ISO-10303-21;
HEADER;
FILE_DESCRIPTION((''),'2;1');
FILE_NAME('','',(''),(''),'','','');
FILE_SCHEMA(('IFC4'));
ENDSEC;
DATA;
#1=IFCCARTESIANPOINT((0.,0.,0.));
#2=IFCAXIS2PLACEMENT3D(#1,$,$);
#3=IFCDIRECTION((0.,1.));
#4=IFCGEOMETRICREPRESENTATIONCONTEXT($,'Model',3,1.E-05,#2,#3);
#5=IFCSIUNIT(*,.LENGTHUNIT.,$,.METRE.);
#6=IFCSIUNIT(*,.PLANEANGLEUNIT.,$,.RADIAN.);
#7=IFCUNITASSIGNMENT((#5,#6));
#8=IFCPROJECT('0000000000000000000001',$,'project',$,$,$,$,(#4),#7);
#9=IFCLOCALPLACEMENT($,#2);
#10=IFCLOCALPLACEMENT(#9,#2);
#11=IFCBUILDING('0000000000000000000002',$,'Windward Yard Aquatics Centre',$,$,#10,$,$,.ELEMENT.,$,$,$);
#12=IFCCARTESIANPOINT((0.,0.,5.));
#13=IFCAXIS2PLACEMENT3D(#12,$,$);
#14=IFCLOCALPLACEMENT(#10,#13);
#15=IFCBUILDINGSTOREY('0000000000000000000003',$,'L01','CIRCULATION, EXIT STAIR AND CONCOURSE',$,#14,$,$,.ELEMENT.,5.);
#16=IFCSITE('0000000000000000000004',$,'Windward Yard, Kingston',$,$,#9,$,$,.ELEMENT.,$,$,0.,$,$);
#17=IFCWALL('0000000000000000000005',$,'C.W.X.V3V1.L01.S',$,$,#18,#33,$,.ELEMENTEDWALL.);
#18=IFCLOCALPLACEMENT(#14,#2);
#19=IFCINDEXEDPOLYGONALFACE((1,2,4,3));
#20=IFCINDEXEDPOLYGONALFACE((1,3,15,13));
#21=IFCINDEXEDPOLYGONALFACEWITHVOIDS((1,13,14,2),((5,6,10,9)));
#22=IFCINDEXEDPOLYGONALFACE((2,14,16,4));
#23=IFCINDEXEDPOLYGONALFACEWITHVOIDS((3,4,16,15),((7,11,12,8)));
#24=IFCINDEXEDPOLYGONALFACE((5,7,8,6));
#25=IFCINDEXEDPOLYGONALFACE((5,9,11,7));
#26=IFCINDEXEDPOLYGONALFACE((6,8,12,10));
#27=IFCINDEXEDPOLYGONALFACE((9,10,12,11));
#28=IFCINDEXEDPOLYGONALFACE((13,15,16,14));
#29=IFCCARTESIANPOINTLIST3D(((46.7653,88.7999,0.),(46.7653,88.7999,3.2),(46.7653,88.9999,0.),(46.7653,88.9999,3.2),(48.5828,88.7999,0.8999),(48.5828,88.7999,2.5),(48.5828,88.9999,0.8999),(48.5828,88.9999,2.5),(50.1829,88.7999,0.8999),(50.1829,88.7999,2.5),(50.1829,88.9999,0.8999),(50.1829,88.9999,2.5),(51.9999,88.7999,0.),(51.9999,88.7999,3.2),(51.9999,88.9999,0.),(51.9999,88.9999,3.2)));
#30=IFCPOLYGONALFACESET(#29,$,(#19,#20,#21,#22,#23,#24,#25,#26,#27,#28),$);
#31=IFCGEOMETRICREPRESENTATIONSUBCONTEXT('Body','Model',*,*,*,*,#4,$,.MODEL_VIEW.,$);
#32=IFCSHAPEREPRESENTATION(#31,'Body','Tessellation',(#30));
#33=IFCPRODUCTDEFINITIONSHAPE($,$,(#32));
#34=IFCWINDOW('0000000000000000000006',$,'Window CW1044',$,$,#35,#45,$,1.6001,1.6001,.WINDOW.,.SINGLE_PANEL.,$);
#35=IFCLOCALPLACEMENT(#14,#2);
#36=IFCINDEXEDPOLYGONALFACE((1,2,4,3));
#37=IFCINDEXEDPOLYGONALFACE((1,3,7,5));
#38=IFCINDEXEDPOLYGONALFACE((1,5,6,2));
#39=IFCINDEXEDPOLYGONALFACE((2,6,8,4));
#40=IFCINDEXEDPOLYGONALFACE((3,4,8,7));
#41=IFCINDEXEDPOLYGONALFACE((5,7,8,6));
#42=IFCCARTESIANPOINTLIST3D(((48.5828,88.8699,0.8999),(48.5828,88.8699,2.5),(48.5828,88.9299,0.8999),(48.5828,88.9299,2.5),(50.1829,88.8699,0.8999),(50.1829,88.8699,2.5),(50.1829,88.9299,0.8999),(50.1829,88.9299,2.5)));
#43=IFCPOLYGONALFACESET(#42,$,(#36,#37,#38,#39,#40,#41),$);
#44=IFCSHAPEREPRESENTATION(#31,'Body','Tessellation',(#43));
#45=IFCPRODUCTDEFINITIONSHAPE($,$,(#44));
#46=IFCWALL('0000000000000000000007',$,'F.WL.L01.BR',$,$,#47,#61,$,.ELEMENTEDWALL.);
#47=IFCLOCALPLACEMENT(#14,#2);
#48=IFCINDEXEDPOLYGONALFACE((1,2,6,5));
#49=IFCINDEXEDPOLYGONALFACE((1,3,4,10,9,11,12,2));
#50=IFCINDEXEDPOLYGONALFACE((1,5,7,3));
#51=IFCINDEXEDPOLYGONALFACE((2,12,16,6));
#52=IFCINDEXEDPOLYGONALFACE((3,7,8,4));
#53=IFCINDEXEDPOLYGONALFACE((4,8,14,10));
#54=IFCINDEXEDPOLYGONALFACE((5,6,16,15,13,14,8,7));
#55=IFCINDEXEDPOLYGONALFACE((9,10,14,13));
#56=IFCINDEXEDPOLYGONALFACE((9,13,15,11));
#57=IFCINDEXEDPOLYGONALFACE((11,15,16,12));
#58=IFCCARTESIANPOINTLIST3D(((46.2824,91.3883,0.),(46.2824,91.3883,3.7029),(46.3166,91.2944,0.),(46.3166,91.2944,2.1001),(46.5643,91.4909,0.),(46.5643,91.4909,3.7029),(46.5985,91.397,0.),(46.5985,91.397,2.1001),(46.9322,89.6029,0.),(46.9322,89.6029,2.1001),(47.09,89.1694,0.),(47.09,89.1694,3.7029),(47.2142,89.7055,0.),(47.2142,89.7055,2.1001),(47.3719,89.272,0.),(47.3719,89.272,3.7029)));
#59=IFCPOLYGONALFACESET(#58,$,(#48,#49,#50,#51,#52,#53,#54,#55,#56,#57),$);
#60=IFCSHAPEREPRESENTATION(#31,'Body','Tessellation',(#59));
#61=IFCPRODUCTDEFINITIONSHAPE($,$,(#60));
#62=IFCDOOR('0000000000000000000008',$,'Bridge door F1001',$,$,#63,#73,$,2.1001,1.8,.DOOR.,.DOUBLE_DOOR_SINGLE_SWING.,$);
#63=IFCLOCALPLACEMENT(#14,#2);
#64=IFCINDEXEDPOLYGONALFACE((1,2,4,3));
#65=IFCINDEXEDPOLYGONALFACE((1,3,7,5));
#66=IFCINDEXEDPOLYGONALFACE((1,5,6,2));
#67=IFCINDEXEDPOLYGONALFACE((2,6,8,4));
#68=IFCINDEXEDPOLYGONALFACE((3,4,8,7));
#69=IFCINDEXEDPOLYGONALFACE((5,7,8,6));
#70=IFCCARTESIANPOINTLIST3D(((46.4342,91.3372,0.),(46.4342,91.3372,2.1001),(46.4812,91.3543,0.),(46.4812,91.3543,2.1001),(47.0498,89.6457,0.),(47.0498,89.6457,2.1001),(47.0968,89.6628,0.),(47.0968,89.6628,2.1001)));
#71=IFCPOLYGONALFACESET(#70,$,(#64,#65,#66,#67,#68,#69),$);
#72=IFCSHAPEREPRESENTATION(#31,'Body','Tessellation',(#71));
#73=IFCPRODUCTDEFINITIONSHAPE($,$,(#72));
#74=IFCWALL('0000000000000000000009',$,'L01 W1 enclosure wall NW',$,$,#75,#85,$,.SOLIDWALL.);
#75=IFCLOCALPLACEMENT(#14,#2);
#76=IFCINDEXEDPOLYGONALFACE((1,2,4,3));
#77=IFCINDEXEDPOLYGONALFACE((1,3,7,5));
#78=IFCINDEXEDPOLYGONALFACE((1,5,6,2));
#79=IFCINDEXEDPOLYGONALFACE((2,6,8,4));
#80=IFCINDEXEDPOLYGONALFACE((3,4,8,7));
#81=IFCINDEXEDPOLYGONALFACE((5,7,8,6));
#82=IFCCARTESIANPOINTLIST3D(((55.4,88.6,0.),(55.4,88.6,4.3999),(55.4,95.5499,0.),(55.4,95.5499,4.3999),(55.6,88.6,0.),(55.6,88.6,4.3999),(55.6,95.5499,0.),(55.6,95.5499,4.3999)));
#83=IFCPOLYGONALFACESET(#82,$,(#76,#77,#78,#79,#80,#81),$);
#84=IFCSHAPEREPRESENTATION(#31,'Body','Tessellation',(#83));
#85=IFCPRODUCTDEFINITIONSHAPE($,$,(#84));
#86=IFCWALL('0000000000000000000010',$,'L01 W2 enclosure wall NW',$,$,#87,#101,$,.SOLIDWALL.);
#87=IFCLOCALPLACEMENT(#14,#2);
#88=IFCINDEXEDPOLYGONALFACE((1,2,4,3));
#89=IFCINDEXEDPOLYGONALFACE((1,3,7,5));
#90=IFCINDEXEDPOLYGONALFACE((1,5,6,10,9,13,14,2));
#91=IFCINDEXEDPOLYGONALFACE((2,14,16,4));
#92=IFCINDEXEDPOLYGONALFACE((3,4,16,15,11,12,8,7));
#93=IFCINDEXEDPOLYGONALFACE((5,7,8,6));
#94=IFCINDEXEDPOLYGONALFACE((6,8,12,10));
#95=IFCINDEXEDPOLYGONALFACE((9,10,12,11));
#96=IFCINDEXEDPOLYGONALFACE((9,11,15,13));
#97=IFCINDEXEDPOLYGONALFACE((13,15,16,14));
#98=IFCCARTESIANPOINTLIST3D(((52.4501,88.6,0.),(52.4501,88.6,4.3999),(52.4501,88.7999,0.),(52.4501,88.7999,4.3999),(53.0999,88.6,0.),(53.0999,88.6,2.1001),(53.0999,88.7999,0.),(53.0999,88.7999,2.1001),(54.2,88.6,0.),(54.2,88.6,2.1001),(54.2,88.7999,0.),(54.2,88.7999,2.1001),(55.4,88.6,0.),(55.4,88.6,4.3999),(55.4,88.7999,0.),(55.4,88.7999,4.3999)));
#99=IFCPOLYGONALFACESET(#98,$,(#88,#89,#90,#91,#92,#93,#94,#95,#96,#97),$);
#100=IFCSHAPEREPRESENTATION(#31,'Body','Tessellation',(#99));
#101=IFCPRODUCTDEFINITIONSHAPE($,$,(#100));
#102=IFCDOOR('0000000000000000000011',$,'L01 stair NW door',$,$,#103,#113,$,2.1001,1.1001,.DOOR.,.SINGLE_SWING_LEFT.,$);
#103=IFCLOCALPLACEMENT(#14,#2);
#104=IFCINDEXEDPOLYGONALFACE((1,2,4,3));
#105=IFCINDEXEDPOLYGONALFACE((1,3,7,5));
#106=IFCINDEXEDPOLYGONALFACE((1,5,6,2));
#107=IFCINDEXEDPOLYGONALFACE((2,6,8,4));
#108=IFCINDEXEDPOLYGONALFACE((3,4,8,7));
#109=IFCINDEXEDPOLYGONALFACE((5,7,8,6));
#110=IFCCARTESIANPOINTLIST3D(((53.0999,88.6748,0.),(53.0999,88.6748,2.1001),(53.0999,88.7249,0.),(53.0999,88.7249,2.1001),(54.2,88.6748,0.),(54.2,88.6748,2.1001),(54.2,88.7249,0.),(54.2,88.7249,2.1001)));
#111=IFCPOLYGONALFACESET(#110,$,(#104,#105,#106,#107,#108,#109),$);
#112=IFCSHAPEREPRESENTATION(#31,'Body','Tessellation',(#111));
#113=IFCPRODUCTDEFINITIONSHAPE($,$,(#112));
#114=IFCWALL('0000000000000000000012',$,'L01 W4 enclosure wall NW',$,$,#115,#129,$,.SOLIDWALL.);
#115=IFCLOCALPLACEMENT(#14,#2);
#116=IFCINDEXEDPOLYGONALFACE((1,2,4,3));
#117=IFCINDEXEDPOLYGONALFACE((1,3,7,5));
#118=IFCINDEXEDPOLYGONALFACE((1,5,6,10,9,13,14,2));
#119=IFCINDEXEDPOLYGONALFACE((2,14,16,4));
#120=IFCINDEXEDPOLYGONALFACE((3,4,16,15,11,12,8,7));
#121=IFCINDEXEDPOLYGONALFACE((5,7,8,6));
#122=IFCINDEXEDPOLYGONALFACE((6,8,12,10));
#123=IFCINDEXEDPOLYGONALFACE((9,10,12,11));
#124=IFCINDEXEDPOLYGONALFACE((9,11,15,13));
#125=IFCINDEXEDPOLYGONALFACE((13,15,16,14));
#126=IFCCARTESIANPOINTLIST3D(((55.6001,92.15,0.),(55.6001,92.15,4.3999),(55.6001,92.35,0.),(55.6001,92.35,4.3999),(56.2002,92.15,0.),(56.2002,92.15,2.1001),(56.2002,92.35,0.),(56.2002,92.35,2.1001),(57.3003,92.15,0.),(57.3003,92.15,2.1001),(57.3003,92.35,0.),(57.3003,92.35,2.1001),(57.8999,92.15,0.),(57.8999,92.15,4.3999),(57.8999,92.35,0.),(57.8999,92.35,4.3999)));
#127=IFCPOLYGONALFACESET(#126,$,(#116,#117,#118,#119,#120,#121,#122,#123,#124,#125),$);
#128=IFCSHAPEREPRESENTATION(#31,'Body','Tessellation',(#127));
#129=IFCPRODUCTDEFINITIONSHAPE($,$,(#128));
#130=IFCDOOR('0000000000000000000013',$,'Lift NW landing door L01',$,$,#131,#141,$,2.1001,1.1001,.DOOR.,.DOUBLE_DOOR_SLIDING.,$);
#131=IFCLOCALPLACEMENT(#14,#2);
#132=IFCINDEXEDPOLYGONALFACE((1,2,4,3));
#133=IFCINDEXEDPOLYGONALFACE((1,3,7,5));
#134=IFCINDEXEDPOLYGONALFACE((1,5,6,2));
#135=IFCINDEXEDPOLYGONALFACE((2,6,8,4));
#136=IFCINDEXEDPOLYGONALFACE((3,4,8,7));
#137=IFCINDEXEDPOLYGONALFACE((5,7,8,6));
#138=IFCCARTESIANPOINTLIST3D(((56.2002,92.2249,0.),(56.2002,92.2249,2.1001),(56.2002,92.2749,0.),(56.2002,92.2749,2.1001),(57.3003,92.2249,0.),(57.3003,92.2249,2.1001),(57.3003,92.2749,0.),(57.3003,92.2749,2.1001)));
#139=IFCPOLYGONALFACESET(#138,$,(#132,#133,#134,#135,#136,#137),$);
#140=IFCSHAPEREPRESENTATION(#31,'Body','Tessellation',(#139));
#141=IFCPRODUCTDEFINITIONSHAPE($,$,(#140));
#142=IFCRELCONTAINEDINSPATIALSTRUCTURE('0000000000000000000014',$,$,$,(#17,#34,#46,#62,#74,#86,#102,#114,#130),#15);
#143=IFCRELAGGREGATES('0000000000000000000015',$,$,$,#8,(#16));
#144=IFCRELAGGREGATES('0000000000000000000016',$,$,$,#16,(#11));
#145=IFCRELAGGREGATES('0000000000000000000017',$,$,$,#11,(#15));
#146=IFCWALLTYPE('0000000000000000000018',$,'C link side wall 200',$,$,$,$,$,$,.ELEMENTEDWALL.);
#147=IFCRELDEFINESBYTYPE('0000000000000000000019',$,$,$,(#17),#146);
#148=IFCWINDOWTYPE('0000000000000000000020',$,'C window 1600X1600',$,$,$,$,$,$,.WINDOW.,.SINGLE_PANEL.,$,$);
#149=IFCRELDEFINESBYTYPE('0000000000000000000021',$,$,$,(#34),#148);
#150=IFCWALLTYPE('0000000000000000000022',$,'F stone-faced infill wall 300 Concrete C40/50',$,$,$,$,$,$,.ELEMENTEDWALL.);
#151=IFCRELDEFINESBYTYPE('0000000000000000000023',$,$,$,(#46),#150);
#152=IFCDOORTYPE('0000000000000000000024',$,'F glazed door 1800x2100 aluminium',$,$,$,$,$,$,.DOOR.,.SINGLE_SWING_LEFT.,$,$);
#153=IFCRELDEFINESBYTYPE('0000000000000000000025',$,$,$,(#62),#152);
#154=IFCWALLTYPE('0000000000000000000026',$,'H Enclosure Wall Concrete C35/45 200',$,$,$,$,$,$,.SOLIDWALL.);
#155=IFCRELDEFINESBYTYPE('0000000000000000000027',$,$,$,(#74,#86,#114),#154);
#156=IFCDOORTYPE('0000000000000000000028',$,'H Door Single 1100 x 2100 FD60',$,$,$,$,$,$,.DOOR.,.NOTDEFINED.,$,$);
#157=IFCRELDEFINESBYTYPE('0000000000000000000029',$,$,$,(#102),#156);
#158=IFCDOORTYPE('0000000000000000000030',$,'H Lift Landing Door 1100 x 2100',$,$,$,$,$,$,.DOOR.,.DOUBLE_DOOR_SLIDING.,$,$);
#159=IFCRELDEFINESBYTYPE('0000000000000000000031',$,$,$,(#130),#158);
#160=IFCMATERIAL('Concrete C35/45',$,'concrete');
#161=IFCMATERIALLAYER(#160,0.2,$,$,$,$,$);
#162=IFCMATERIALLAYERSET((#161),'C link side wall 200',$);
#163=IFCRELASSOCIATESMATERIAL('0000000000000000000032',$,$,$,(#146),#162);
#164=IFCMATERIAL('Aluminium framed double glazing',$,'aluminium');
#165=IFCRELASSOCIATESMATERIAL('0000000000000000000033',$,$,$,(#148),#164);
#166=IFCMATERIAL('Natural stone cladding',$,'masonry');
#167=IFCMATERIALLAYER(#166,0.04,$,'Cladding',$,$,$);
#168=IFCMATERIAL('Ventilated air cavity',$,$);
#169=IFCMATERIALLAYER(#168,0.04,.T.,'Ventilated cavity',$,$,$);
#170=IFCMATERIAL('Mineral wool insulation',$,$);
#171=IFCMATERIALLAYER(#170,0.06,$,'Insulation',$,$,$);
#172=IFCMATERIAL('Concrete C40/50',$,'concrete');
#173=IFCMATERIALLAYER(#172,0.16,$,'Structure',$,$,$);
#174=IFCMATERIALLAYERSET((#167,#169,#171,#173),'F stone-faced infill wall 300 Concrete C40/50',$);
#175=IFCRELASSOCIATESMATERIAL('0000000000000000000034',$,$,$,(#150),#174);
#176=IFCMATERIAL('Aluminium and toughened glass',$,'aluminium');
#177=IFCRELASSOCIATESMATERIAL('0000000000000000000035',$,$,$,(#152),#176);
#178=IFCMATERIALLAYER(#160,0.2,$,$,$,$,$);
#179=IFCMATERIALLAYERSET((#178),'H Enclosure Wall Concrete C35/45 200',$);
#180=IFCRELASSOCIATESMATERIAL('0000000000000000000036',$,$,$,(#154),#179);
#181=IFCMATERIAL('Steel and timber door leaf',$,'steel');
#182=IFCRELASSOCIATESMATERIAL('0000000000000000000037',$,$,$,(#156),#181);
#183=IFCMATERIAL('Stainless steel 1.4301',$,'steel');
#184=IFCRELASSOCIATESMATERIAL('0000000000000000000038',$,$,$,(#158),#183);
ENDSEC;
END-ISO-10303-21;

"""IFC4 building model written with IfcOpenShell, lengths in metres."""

from ifc_helpers import new_model, si_unit, direction, frame, frame_2d, origin, place, context, subcontext, project, spatial, rectangle, extrude, material, layer, layer_set, type_object, element, fill, save


model = new_model("IFC4")

# Units and contexts
model_context = context("Model", 3, precision=1e-05, world=origin(), true_north=direction((0.0, 1.0)))
body_context = subcontext(model_context, "Body", "Model", "MODEL_VIEW")
ifc_project = project(units=[si_unit("LENGTHUNIT", "METRE"), si_unit("PLANEANGLEUNIT", "RADIAN")], contexts=[model_context])

# Site, building, storey
site_placement = place(None, origin())
site = spatial("IfcSite", under=ifc_project, at=site_placement, Name="Windward Yard, Kingston", CompositionType="ELEMENT", RefElevation=0.0)
building_placement = place(site_placement, origin())
building = spatial("IfcBuilding", under=site, at=building_placement, Name="Windward Yard Aquatics Centre", CompositionType="ELEMENT")
storey_placement = place(building_placement, frame((0.0, 0.0, 5.0)))
storey = spatial("IfcBuildingStorey", under=building, at=storey_placement, Name="L01", Description="CIRCULATION, EXIT STAIR AND CONCOURSE", CompositionType="ELEMENT", Elevation=5.0)

# Wall, opening, window
ifc_material_1 = material(Name="Concrete C35/45", Category="concrete")
ifc_layer_1 = layer(ifc_material_1, 0.2)
ifc_layer_set_1 = layer_set([ifc_layer_1], Name="C link side wall 200")
wall_type_1 = type_object("IfcWallType", Name="C link side wall 200", PredefinedType="ELEMENTEDWALL", material=ifc_layer_set_1)
ifc_material_2 = material(Name="Aluminium framed double glazing", Category="aluminium")
window_type_1 = type_object("IfcWindowType", Name="C window 1600X1600", PartitioningType="SINGLE_PANEL", PredefinedType="WINDOW", material=ifc_material_2)
wall_1_placement = place(storey_placement, frame((46.7654, 88.8999, 0.0), z_axis=(0.0, 0.0, 1.0), x_axis=(1.0, 0.0, 0.0)))
wall_1 = element("IfcWall", 1, at=wall_1_placement, inside=storey, type_object=wall_type_1, Name="C.W.X.V3V1.L01.S", PredefinedType="ELEMENTEDWALL", context=body_context, shape_type="SweptSolid", body=[
    extrude(rectangle(XDim=5.2346, YDim=0.2, at=frame_2d((2.6172, 0.0))), origin(), (0.0, 0.0, 1.0), 3.2),
])
opening_1_placement = place(wall_1_placement, frame((1.8174, 0.0, 0.8999)))
opening_1 = element("IfcOpeningElement", 2, at=opening_1_placement, cuts=wall_1, PredefinedType="OPENING", context=body_context, shape_type="SweptSolid", body=[
    extrude(rectangle(XDim=1.6001, YDim=1.6001, at=frame_2d((0.8, 0.8))), frame((0.0, 0.1099, 0.0), z_axis=(0.0, -1.0, 0.0), x_axis=(1.0, 0.0, 0.0)), (0.0, 0.0, 1.0), 0.22),
])
window_1_placement = place(opening_1_placement, origin())
window_1 = element("IfcWindow", 3, at=window_1_placement, inside=storey, type_object=window_type_1, Name="Window CW1044", OverallHeight=1.6001, OverallWidth=1.6001, PartitioningType="SINGLE_PANEL", PredefinedType="WINDOW", context=body_context, shape_type="SweptSolid", body=[
    extrude(rectangle(XDim=1.6001, YDim=1.6001, at=frame_2d((0.8, 0.8))), frame((0.0, 0.03, 0.0), z_axis=(0.0, -1.0, 0.0), x_axis=(1.0, 0.0, 0.0)), (0.0, 0.0, 1.0), 0.0601),
])
fill(opening_1, window_1)

# Wall, opening, door
ifc_material_3 = material(Name="Natural stone cladding", Category="masonry")
ifc_layer_2 = layer(ifc_material_3, 0.04, Name="Cladding")
ifc_material_4 = material(Name="Ventilated air cavity")
ifc_layer_3 = layer(ifc_material_4, 0.04, ventilated=True, Name="Ventilated cavity")
ifc_material_5 = material(Name="Mineral wool insulation")
ifc_layer_4 = layer(ifc_material_5, 0.06, Name="Insulation")
ifc_material_6 = material(Name="Concrete C40/50", Category="concrete")
ifc_layer_5 = layer(ifc_material_6, 0.16, Name="Structure")
ifc_layer_set_2 = layer_set([ifc_layer_2, ifc_layer_3, ifc_layer_4, ifc_layer_5], Name="F stone-faced infill wall 300 Concrete C40/50")
wall_type_2 = type_object("IfcWallType", Name="F stone-faced infill wall 300 Concrete C40/50", PredefinedType="ELEMENTEDWALL", material=ifc_layer_set_2)
wall_2_placement = place(storey_placement, frame((47.231, 89.2207, 0.0), z_axis=(0.0, 0.0, 1.0), x_axis=(-0.342009, 0.939697, 0.0)))
wall_2 = element("IfcWall", 4, at=wall_2_placement, inside=storey, type_object=wall_type_2, Name="F.WL.L01.BR", PredefinedType="ELEMENTEDWALL", context=body_context, shape_type="SweptSolid", body=[
    extrude(rectangle(XDim=2.3613, YDim=0.3, at=frame_2d((1.1807, 0.0))), origin(), (0.0, 0.0, 1.0), 3.7029),
])
opening_2_placement = place(wall_2_placement, frame((0.4614, 0.0, 0.0)))
opening_2 = element("IfcOpeningElement", 5, at=opening_2_placement, cuts=wall_2, PredefinedType="OPENING", context=body_context, shape_type="SweptSolid", body=[
    extrude(rectangle(XDim=1.8, YDim=2.1001, at=frame_2d((0.8999, 1.05))), frame((0.0, 0.1602, 0.0), z_axis=(0.0, -1.0, 0.0), x_axis=(1.0, 0.0, 0.0)), (0.0, 0.0, 1.0), 0.3201),
])
ifc_material_7 = material(Name="Aluminium and toughened glass", Category="aluminium")
door_type_1 = type_object("IfcDoorType", Name="F glazed door 1800x2100 aluminium", OperationType="SINGLE_SWING_LEFT", PredefinedType="DOOR", material=ifc_material_7)
door_1_placement = place(opening_2_placement, origin())
door_1 = element("IfcDoor", 6, at=door_1_placement, inside=storey, type_object=door_type_1, Name="Bridge door F1001", OperationType="DOUBLE_DOOR_SINGLE_SWING", OverallHeight=2.1001, OverallWidth=1.8, PredefinedType="DOOR", context=body_context, shape_type="SweptSolid", body=[
    extrude(rectangle(XDim=1.8, YDim=2.1001, at=frame_2d((0.8999, 1.05))), frame((0.0, 0.0249, 0.0), z_axis=(0.0, -1.0, 0.0), x_axis=(1.0, 0.0, 0.0)), (0.0, 0.0, 1.0), 0.05),
])
fill(opening_2, door_1)

# Wall
ifc_layer_6 = layer(ifc_material_1, 0.2)
ifc_layer_set_3 = layer_set([ifc_layer_6], Name="H Enclosure Wall Concrete C35/45 200")
wall_type_3 = type_object("IfcWallType", Name="H Enclosure Wall Concrete C35/45 200", PredefinedType="SOLIDWALL", material=ifc_layer_set_3)
wall_3_placement = place(storey_placement, frame((55.5, 95.55, 0.0), z_axis=(0.0, 0.0, 1.0), x_axis=(0.0, -1.0, 0.0)))
element("IfcWall", 7, at=wall_3_placement, inside=storey, type_object=wall_type_3, Name="L01 W1 enclosure wall NW", PredefinedType="SOLIDWALL", context=body_context, shape_type="SweptSolid", body=[
    extrude(rectangle(XDim=6.95, YDim=0.2, at=frame_2d((3.4751, 0.0))), origin(), (0.0, 0.0, 1.0), 4.3999),
])

# Walls, openings, doors
wall_4_placement = place(storey_placement, frame((52.45, 88.7, 0.0), z_axis=(0.0, 0.0, 1.0), x_axis=(1.0, 0.0, 0.0)))
wall_4 = element("IfcWall", 8, at=wall_4_placement, inside=storey, type_object=wall_type_3, Name="L01 W2 enclosure wall NW", PredefinedType="SOLIDWALL", context=body_context, shape_type="SweptSolid", body=[
    extrude(rectangle(XDim=2.95, YDim=0.2, at=frame_2d((1.4751, 0.0))), origin(), (0.0, 0.0, 1.0), 4.3999),
])
opening_3_placement = place(wall_4_placement, frame((0.6499, 0.0, 0.0)))
opening_3 = element("IfcOpeningElement", 9, at=opening_3_placement, cuts=wall_4, PredefinedType="OPENING", context=body_context, shape_type="SweptSolid", body=[
    extrude(rectangle(XDim=1.1001, YDim=2.1001, at=frame_2d((0.55, 1.05))), frame((0.0, 0.1099, 0.0), z_axis=(0.0, -1.0, 0.0), x_axis=(1.0, 0.0, 0.0)), (0.0, 0.0, 1.0), 0.22),
])
ifc_material_8 = material(Name="Steel and timber door leaf", Category="steel")
door_type_2 = type_object("IfcDoorType", Name="H Door Single 1100 x 2100 FD60", OperationType="NOTDEFINED", PredefinedType="DOOR", material=ifc_material_8)
door_2_placement = place(opening_3_placement, origin())
door_2 = element("IfcDoor", 10, at=door_2_placement, inside=storey, type_object=door_type_2, Name="L01 stair NW door", OperationType="SINGLE_SWING_LEFT", OverallHeight=2.1001, OverallWidth=1.1001, PredefinedType="DOOR", context=body_context, shape_type="SweptSolid", body=[
    extrude(rectangle(XDim=1.1001, YDim=2.1001, at=frame_2d((0.55, 1.05))), frame((0.0, 0.0249, 0.0), z_axis=(0.0, -1.0, 0.0), x_axis=(1.0, 0.0, 0.0)), (0.0, 0.0, 1.0), 0.05),
])
fill(opening_3, door_2)
wall_5_placement = place(storey_placement, frame((55.6001, 92.25, 0.0), z_axis=(0.0, 0.0, 1.0), x_axis=(1.0, 0.0, 0.0)))
wall_5 = element("IfcWall", 11, at=wall_5_placement, inside=storey, type_object=wall_type_3, Name="L01 W4 enclosure wall NW", PredefinedType="SOLIDWALL", context=body_context, shape_type="SweptSolid", body=[
    extrude(rectangle(XDim=2.2998, YDim=0.2, at=frame_2d((1.1499, 0.0))), origin(), (0.0, 0.0, 1.0), 4.3999),
])
opening_4_placement = place(wall_5_placement, frame((0.6001, 0.0, 0.0)))
opening_4 = element("IfcOpeningElement", 12, at=opening_4_placement, cuts=wall_5, PredefinedType="OPENING", context=body_context, shape_type="SweptSolid", body=[
    extrude(rectangle(XDim=1.1001, YDim=2.1001, at=frame_2d((0.55, 1.05))), frame((0.0, 0.1099, 0.0), z_axis=(0.0, -1.0, 0.0), x_axis=(1.0, 0.0, 0.0)), (0.0, 0.0, 1.0), 0.22),
])
ifc_material_9 = material(Name="Stainless steel 1.4301", Category="steel")
door_type_3 = type_object("IfcDoorType", Name="H Lift Landing Door 1100 x 2100", OperationType="DOUBLE_DOOR_SLIDING", PredefinedType="DOOR", material=ifc_material_9)
door_3_placement = place(opening_4_placement, origin())
door_3 = element("IfcDoor", 13, at=door_3_placement, inside=storey, type_object=door_type_3, Name="Lift NW landing door L01", OperationType="DOUBLE_DOOR_SLIDING", OverallHeight=2.1001, OverallWidth=1.1001, PredefinedType="DOOR", context=body_context, shape_type="SweptSolid", body=[
    extrude(rectangle(XDim=1.1001, YDim=2.1001, at=frame_2d((0.55, 1.05))), frame((0.0, 0.0249, 0.0), z_axis=(0.0, -1.0, 0.0), x_axis=(1.0, 0.0, 0.0)), (0.0, 0.0, 1.0), 0.05),
])
fill(opening_4, door_3)

save(model, "model.ifc")
